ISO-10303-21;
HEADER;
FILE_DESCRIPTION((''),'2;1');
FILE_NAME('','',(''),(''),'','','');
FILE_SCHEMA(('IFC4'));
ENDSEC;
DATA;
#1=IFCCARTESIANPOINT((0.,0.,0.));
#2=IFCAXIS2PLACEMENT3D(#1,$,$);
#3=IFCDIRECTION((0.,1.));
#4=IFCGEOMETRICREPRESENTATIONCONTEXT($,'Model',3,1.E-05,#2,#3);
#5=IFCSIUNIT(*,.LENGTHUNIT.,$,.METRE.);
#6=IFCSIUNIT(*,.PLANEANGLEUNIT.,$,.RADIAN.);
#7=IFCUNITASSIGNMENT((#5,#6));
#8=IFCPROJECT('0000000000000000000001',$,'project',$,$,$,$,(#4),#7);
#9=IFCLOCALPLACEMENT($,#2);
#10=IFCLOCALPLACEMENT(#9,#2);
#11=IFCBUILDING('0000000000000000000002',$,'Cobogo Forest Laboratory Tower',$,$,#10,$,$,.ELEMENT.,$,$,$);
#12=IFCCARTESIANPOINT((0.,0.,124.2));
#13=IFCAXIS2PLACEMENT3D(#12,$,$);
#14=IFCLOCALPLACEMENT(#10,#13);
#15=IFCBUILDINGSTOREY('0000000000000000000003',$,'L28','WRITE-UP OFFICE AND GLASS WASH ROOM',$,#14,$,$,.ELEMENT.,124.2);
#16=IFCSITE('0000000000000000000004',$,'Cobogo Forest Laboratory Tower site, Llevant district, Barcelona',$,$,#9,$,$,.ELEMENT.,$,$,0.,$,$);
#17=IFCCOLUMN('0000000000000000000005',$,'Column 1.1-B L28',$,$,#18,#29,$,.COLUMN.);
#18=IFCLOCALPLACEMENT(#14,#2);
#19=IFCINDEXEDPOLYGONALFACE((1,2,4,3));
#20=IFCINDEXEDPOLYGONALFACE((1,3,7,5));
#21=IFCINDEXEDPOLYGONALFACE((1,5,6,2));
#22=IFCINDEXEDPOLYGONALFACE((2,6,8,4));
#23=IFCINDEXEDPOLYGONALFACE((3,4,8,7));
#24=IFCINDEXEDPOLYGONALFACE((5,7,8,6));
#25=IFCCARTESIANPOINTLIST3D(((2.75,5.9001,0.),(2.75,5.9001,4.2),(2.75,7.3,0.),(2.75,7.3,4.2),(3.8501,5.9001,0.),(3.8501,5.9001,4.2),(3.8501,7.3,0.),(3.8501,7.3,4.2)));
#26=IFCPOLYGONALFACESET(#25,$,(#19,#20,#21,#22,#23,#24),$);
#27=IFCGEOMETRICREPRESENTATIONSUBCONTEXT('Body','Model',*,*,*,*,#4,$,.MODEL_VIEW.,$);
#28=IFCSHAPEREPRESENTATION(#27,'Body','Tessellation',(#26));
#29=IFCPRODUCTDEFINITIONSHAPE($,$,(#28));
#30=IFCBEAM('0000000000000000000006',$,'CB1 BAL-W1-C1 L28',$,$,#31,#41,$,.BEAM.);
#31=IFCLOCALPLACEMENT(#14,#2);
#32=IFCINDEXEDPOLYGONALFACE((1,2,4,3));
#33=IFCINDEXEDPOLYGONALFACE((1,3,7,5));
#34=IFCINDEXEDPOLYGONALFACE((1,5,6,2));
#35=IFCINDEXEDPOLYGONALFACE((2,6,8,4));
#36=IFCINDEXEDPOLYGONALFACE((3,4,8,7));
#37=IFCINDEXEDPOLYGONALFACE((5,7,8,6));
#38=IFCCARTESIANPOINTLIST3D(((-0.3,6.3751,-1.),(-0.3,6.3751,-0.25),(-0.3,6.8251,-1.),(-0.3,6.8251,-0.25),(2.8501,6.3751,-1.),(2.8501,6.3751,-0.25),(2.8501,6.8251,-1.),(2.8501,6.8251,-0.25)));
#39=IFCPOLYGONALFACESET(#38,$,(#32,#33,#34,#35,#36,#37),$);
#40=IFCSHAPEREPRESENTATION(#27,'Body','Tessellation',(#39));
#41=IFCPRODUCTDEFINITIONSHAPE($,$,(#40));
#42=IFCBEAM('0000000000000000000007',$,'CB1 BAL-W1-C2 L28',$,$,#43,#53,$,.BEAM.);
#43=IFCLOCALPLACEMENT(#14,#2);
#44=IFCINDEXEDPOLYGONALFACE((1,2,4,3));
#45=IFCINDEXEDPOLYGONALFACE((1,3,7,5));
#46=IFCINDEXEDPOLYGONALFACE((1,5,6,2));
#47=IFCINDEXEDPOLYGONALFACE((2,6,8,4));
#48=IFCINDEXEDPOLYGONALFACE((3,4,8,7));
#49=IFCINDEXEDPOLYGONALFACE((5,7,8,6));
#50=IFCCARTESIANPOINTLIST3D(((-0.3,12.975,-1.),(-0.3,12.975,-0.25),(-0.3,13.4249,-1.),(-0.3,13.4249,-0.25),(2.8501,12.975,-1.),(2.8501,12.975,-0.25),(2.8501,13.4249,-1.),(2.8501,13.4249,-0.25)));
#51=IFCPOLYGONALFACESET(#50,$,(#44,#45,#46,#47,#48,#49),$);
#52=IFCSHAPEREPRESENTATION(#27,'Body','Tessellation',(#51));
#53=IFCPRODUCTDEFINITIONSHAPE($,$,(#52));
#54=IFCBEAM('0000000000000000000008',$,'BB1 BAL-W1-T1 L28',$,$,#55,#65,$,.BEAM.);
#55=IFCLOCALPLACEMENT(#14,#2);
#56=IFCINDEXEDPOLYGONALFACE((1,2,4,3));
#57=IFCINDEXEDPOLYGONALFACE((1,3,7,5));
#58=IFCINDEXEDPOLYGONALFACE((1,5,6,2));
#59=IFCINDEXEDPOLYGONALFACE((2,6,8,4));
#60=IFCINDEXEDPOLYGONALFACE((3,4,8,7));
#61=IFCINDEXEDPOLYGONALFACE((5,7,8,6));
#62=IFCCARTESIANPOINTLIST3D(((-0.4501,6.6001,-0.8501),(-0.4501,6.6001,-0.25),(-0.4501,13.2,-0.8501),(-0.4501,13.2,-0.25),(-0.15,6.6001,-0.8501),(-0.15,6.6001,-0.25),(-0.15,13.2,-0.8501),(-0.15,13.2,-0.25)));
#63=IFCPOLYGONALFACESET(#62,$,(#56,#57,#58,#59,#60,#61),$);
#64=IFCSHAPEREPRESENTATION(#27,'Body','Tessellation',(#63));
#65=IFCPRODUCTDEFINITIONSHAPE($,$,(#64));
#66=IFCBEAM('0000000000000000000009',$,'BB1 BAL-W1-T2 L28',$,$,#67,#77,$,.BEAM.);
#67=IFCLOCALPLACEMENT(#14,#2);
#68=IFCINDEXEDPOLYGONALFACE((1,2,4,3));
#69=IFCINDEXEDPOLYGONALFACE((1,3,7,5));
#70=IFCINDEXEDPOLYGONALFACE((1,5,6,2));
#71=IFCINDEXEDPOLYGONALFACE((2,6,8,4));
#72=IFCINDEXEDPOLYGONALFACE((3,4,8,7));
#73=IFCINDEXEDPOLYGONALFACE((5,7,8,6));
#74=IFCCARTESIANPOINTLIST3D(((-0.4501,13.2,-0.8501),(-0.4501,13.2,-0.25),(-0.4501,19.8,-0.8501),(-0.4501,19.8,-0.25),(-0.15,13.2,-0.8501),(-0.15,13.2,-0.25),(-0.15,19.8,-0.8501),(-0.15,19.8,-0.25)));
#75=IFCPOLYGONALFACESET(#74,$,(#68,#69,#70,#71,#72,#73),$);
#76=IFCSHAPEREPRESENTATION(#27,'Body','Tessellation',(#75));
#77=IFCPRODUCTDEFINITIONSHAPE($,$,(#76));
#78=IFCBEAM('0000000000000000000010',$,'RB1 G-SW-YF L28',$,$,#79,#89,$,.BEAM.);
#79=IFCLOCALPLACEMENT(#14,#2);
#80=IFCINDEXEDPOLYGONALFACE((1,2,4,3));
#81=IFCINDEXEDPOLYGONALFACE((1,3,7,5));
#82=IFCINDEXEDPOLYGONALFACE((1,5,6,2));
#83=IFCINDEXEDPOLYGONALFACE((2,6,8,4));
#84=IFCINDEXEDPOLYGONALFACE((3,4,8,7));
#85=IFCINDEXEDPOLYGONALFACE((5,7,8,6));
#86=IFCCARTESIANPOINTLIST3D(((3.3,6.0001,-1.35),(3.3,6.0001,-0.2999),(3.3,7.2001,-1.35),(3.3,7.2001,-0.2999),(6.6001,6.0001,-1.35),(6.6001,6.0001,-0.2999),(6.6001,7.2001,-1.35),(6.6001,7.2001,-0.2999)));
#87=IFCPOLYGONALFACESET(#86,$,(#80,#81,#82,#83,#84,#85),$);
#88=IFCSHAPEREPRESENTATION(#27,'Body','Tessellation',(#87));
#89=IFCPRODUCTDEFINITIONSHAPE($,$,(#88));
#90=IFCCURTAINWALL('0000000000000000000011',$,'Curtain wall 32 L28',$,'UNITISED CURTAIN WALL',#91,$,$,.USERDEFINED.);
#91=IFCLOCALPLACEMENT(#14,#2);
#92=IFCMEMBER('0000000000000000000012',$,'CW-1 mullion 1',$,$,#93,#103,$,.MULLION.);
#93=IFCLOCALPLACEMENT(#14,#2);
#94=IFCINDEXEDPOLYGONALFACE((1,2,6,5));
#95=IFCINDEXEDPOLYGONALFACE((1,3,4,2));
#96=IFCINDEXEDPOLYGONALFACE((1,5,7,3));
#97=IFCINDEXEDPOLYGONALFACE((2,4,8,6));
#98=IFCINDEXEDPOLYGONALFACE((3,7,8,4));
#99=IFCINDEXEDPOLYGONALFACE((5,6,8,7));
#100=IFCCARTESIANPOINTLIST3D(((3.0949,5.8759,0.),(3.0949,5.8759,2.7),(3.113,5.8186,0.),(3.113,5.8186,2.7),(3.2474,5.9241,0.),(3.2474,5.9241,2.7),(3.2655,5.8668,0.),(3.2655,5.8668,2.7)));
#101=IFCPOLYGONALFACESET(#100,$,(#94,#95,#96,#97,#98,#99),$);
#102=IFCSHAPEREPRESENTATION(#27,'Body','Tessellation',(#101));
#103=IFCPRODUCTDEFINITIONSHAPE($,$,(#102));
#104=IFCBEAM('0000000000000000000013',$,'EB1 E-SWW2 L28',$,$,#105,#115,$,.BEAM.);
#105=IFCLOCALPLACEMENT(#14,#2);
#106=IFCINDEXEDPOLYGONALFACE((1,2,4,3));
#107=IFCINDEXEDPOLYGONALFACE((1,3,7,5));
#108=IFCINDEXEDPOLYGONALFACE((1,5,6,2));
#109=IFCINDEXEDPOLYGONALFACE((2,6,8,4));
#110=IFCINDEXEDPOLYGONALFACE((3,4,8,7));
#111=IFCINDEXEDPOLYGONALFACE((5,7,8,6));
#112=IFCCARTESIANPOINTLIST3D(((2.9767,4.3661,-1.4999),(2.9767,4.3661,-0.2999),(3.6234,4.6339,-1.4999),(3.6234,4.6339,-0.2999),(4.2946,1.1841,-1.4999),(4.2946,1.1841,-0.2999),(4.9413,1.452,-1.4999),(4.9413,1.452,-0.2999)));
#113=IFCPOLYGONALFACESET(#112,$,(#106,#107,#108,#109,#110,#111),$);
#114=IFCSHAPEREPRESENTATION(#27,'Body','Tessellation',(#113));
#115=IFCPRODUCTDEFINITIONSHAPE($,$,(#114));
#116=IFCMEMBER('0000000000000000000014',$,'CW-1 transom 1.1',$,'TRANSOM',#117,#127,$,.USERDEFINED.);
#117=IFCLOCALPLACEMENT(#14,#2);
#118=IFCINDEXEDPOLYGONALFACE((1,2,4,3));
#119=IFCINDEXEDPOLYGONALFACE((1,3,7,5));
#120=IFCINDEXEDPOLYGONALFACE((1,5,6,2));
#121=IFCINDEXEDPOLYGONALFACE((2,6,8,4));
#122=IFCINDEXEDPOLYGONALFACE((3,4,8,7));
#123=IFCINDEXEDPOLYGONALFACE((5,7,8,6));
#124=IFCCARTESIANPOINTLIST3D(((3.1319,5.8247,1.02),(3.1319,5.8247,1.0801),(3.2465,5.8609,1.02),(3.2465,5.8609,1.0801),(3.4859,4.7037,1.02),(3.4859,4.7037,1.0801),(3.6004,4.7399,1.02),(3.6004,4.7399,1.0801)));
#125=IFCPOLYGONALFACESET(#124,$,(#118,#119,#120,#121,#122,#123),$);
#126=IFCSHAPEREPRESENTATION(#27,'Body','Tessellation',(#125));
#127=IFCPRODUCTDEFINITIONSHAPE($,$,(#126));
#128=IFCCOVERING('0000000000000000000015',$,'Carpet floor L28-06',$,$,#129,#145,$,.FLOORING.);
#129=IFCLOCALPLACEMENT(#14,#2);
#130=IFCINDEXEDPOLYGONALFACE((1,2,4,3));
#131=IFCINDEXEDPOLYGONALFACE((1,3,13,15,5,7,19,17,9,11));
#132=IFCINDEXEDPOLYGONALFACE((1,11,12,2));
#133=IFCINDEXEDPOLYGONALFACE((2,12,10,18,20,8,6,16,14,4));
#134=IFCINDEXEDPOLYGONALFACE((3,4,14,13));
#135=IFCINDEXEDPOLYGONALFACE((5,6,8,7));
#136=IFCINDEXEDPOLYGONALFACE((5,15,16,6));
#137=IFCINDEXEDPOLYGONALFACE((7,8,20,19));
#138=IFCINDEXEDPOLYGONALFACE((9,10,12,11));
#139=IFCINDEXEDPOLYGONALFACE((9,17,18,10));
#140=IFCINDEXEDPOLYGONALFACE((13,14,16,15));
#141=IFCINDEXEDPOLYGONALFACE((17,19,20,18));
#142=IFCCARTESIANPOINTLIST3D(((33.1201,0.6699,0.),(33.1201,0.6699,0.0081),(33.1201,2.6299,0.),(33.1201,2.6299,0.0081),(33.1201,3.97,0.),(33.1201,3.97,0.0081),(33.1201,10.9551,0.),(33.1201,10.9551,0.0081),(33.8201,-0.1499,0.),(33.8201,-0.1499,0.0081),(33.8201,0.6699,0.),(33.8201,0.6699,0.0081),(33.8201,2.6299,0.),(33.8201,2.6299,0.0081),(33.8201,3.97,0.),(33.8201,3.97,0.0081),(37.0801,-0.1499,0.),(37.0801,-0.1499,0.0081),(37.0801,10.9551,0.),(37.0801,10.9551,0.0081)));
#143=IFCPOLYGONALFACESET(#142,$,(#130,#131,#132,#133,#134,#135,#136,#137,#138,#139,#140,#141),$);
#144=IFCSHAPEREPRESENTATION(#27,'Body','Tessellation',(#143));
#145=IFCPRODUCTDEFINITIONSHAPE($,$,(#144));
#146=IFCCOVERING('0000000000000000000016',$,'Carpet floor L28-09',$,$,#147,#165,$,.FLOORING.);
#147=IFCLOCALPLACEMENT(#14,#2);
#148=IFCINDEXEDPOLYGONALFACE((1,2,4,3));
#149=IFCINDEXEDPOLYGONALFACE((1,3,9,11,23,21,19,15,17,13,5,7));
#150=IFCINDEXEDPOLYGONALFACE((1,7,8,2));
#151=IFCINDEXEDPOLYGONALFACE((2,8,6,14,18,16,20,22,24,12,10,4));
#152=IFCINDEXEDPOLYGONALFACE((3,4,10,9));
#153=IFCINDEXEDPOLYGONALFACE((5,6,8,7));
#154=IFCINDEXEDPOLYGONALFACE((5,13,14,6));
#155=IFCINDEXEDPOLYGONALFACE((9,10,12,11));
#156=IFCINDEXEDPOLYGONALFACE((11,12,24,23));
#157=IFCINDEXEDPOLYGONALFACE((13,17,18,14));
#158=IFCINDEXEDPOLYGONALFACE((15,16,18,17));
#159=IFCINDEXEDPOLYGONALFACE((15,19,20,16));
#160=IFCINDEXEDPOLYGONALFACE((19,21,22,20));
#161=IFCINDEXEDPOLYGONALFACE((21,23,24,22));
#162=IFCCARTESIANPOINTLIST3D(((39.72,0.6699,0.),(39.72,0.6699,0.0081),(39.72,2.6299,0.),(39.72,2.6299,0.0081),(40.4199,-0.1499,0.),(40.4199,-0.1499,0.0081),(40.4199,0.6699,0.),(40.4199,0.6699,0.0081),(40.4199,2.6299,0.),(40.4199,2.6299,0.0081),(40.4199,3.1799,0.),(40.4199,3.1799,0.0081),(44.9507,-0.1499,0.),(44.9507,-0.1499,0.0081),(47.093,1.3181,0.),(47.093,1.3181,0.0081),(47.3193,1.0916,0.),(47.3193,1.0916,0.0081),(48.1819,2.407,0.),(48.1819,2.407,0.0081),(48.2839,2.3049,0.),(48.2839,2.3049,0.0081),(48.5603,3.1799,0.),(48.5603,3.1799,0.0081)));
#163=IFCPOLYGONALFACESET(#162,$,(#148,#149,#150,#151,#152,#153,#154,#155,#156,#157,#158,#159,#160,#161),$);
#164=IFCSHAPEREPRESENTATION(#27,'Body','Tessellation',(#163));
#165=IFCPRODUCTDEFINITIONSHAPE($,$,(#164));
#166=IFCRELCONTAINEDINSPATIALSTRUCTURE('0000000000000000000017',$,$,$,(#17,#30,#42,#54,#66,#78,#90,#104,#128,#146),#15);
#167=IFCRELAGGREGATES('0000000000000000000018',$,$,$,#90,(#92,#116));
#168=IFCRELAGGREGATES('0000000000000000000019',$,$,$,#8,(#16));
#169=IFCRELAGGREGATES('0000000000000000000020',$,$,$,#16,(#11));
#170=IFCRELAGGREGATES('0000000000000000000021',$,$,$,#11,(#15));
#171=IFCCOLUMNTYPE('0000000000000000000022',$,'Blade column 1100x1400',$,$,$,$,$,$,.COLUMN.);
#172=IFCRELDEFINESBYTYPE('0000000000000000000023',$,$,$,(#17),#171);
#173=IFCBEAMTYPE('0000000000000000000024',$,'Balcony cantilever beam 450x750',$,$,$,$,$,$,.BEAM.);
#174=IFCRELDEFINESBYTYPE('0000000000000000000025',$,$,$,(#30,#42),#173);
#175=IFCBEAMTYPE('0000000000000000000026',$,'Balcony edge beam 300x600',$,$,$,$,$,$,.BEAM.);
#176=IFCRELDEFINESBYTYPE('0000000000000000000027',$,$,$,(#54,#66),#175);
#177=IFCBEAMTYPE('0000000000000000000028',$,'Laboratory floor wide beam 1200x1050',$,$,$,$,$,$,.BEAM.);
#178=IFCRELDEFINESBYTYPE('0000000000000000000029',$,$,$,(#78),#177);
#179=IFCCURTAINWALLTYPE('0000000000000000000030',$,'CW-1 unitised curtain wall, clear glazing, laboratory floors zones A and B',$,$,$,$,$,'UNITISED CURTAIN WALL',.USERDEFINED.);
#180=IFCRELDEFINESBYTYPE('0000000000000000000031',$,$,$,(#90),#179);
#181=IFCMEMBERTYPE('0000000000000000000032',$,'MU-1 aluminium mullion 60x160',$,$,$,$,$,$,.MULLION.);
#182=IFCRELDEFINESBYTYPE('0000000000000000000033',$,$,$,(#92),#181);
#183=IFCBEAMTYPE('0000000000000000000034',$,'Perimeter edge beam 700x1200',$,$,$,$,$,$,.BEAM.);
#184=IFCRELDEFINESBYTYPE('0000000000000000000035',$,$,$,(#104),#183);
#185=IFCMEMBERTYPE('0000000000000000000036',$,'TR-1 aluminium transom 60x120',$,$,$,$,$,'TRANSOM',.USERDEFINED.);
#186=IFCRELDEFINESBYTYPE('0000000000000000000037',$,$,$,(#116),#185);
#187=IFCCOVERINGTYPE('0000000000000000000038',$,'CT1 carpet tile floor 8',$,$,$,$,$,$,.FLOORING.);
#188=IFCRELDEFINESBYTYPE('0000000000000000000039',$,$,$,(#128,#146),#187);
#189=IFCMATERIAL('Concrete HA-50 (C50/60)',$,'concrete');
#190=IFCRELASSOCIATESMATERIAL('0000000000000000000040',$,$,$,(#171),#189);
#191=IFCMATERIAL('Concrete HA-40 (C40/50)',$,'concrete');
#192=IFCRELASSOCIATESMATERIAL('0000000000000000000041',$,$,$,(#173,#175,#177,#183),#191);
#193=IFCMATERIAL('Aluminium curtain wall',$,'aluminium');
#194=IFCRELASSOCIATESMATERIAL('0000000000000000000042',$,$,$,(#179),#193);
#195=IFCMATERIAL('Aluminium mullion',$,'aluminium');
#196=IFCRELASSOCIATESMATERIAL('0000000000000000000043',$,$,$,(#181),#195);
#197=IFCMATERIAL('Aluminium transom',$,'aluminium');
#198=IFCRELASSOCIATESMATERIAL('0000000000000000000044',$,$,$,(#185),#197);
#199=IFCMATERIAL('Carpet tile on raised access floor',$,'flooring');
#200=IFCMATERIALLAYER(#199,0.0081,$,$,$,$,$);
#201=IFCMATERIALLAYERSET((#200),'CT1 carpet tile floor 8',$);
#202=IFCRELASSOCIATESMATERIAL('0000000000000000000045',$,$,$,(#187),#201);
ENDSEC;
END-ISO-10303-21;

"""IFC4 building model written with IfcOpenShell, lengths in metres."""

from ifc_helpers import new_model, si_unit, direction, frame, origin, origin_2d, place, context, subcontext, project, spatial, polyline, rectangle, outline, extrude, material, layer, layer_set, material_profile, profile_set, type_object, element, aggregate, save


model = new_model("IFC4")

# Units and contexts
model_context = context("Model", 3, precision=1e-05, world=origin(), true_north=direction((0.0, 1.0)))
body_context = subcontext(model_context, "Body", "Model", "MODEL_VIEW")
ifc_project = project(units=[si_unit("LENGTHUNIT", "METRE"), si_unit("PLANEANGLEUNIT", "RADIAN")], contexts=[model_context])

# Site, building, storey
site_placement = place(None, origin())
site = spatial("IfcSite", under=ifc_project, at=site_placement, Name="Cobogo Forest Laboratory Tower site, Llevant district, Barcelona", CompositionType="ELEMENT", RefElevation=0.0)
building_placement = place(site_placement, origin())
building = spatial("IfcBuilding", under=site, at=building_placement, Name="Cobogo Forest Laboratory Tower", CompositionType="ELEMENT")
storey_placement = place(building_placement, frame((0.0, 0.0, 124.2)))
storey = spatial("IfcBuildingStorey", under=building, at=storey_placement, Name="L28", Description="WRITE-UP OFFICE AND GLASS WASH ROOM", CompositionType="ELEMENT", Elevation=124.2)

# Column
ifc_material_1 = material(Name="Concrete HA-50 (C50/60)", Category="concrete")
ifc_material_profile_1 = material_profile(ifc_material_1, rectangle(XDim=1.3999, YDim=1.1001, at=origin_2d()), Name="RC 1100x1400")
ifc_profile_set_1 = profile_set([ifc_material_profile_1], Name="Concrete HA-50 (C50/60)")
column_type = type_object("IfcColumnType", Name="Blade column 1100x1400", PredefinedType="COLUMN", material=ifc_profile_set_1)
column_placement = place(storey_placement, frame((3.3, 6.6001, 0.0), z_axis=(0.0, 0.0, 1.0), x_axis=(0.0, 1.0, 0.0)))
element("IfcColumn", 1, at=column_placement, inside=storey, type_object=column_type, Name="Column 1.1-B L28", PredefinedType="COLUMN", context=body_context, shape_type="SweptSolid", body=[
    extrude(rectangle(XDim=1.3999, YDim=1.1001, at=origin_2d()), origin(), (0.0, 0.0, 1.0), 4.2),
])

# Beams
ifc_material_2 = material(Name="Concrete HA-40 (C40/50)", Category="concrete")
ifc_material_profile_2 = material_profile(ifc_material_2, rectangle(XDim=0.45, YDim=0.75, at=origin_2d()), Name="RC 450x750")
ifc_profile_set_2 = profile_set([ifc_material_profile_2], Name="Concrete HA-40 (C40/50)")
beam_type_1 = type_object("IfcBeamType", Name="Balcony cantilever beam 450x750", PredefinedType="BEAM", material=ifc_profile_set_2)
for number, where, z_axis, x_axis, name in (
    (2, (2.8501, 6.6001, -0.625), (-1.0, 0.0, 0.0), (0.0, -1.0, 0.0), "CB1 BAL-W1-C1 L28"),
    (3, (2.8501, 13.2, -0.625), (-1.0, 0.0, 0.0), (0.0, -1.0, 0.0), "CB1 BAL-W1-C2 L28"),
):
    element("IfcBeam", number, at=place(storey_placement, frame(where, z_axis=z_axis, x_axis=x_axis)), inside=storey, type_object=beam_type_1, Name=name, PredefinedType="BEAM", context=body_context, shape_type="SweptSolid", body=[
        extrude(rectangle(XDim=0.45, YDim=0.75, at=origin_2d()), origin(), (0.0, 0.0, 1.0), 3.1501),
    ])
ifc_material_profile_3 = material_profile(ifc_material_2, rectangle(XDim=0.3, YDim=0.6001, at=origin_2d()), Name="RC 300x600")
ifc_profile_set_3 = profile_set([ifc_material_profile_3], Name="Concrete HA-40 (C40/50)")
beam_type_2 = type_object("IfcBeamType", Name="Balcony edge beam 300x600", PredefinedType="BEAM", material=ifc_profile_set_3)
beam_1_placement = place(storey_placement, frame((-0.3, 6.6001, -0.55), z_axis=(0.0, 1.0, 0.0), x_axis=(-1.0, 0.0, 0.0)))
element("IfcBeam", 4, at=beam_1_placement, inside=storey, type_object=beam_type_2, Name="BB1 BAL-W1-T1 L28", PredefinedType="BEAM", context=body_context, shape_type="SweptSolid", body=[
    extrude(rectangle(XDim=0.3, YDim=0.6001, at=origin_2d()), origin(), (0.0, 0.0, 1.0), 6.5999),
])
beam_2_placement = place(storey_placement, frame((-0.3, 13.2, -0.55), z_axis=(0.0, 1.0, 0.0), x_axis=(-1.0, 0.0, 0.0)))
element("IfcBeam", 5, at=beam_2_placement, inside=storey, type_object=beam_type_2, Name="BB1 BAL-W1-T2 L28", PredefinedType="BEAM", context=body_context, shape_type="SweptSolid", body=[
    extrude(rectangle(XDim=0.3, YDim=0.6001, at=origin_2d()), origin(), (0.0, 0.0, 1.0), 6.6001),
])
ifc_material_profile_4 = material_profile(ifc_material_2, rectangle(XDim=1.2, YDim=1.05, at=origin_2d()), Name="RC 1200x1050")
ifc_profile_set_4 = profile_set([ifc_material_profile_4], Name="Concrete HA-40 (C40/50)")
beam_type_3 = type_object("IfcBeamType", Name="Laboratory floor wide beam 1200x1050", PredefinedType="BEAM", material=ifc_profile_set_4)
beam_3_placement = place(storey_placement, frame((3.3, 6.6001, -0.825), z_axis=(1.0, 0.0, 0.0), x_axis=(0.0, 1.0, 0.0)))
element("IfcBeam", 6, at=beam_3_placement, inside=storey, type_object=beam_type_3, Name="RB1 G-SW-YF L28", PredefinedType="BEAM", context=body_context, shape_type="SweptSolid", body=[
    extrude(rectangle(XDim=1.2, YDim=1.05, at=origin_2d()), origin(), (0.0, 0.0, 1.0), 3.3),
])

# Curtain wall, member
ifc_material_3 = material(Name="Aluminium curtain wall", Category="aluminium")
curtain_wall_type = type_object("IfcCurtainWallType", Name="CW-1 unitised curtain wall, clear glazing, laboratory floors zones A and B", ElementType="UNITISED CURTAIN WALL", PredefinedType="USERDEFINED", material=ifc_material_3)
curtain_wall_placement = place(storey_placement, origin())
curtain_wall = element("IfcCurtainWall", 7, at=curtain_wall_placement, inside=storey, type_object=curtain_wall_type, Name="Curtain wall 32 L28", ObjectType="UNITISED CURTAIN WALL", PredefinedType="USERDEFINED")
ifc_material_4 = material(Name="Aluminium mullion", Category="aluminium")
ifc_material_profile_5 = material_profile(ifc_material_4, rectangle(XDim=0.0601, YDim=0.1599, at=origin_2d()), Name="AL 60x160")
ifc_profile_set_5 = profile_set([ifc_material_profile_5], Name="Aluminium mullion")
member_type_1 = type_object("IfcMemberType", Name="MU-1 aluminium mullion 60x160", PredefinedType="MULLION", material=ifc_profile_set_5)
member_1_placement = place(storey_placement, frame((3.1802, 5.8713, 0.0), z_axis=(0.0, 0.0, 1.0), x_axis=(0.301135, -0.953581, 0.0)))
member_1 = element("IfcMember", 8, at=member_1_placement, type_object=member_type_1, Name="CW-1 mullion 1", PredefinedType="MULLION", context=body_context, shape_type="SweptSolid", body=[
    extrude(rectangle(XDim=0.0601, YDim=0.1599, at=origin_2d()), origin(), (0.0, 0.0, 1.0), 2.7),
])

# Beam
ifc_material_profile_6 = material_profile(ifc_material_2, rectangle(XDim=0.7, YDim=1.2, at=origin_2d()), Name="RC 700x1200")
ifc_profile_set_6 = profile_set([ifc_material_profile_6], Name="Concrete HA-40 (C40/50)")
beam_type_4 = type_object("IfcBeamType", Name="Perimeter edge beam 700x1200", PredefinedType="BEAM", material=ifc_profile_set_6)
beam_4_placement = place(storey_placement, frame((3.3, 4.5, -0.8999), z_axis=(0.382656, -0.923891, 0.0), x_axis=(0.923891, 0.382656, 0.0)))
element("IfcBeam", 9, at=beam_4_placement, inside=storey, type_object=beam_type_4, Name="EB1 E-SWW2 L28", PredefinedType="BEAM", context=body_context, shape_type="SweptSolid", body=[
    extrude(rectangle(XDim=0.7, YDim=1.2, at=origin_2d()), origin(), (0.0, 0.0, 1.0), 3.4441),
])

# Member
ifc_material_5 = material(Name="Aluminium transom", Category="aluminium")
ifc_material_profile_7 = material_profile(ifc_material_5, rectangle(XDim=0.1201, YDim=0.0601, at=origin_2d()), Name="AL 60x120")
ifc_profile_set_7 = profile_set([ifc_material_profile_7], Name="Aluminium transom")
member_type_2 = type_object("IfcMemberType", Name="TR-1 aluminium transom 60x120", ElementType="TRANSOM", PredefinedType="USERDEFINED", material=ifc_profile_set_7)
member_2_placement = place(storey_placement, frame((3.1892, 5.8428, 1.05), z_axis=(0.301111, -0.953589, 0.0), x_axis=(0.953589, 0.301111, 0.0)))
member_2 = element("IfcMember", 10, at=member_2_placement, type_object=member_type_2, Name="CW-1 transom 1.1", ObjectType="TRANSOM", PredefinedType="USERDEFINED", context=body_context, shape_type="SweptSolid", body=[
    extrude(rectangle(XDim=0.1201, YDim=0.0601, at=origin_2d()), origin(), (0.0, 0.0, 1.0), 1.1755),
])
aggregate(curtain_wall, [member_1, member_2])

# Coverings
ifc_material_6 = material(Name="Carpet tile on raised access floor", Category="flooring")
ifc_layer_1 = layer(ifc_material_6, 0.0081)
ifc_layer_set_1 = layer_set([ifc_layer_1], Name="CT1 carpet tile floor 8")
covering_type_1 = type_object("IfcCoveringType", Name="CT1 carpet tile floor 8", PredefinedType="FLOORING", material=ifc_layer_set_1)
covering_1_placement = place(storey_placement, origin())
element("IfcCovering", 11, at=covering_1_placement, inside=storey, type_object=covering_type_1, Name="Carpet floor L28-06", PredefinedType="FLOORING", context=body_context, shape_type="SweptSolid", body=[
    extrude(outline(polyline([(37.0801, 10.9551), (37.0801, -0.1499), (33.8201, -0.1499), (33.8201, 0.6699), (33.1201, 0.6699), (33.1201, 2.6299), (33.8201, 2.6299), (33.8201, 3.97), (33.1201, 3.97), (33.1201, 10.9551), (37.0801, 10.9551)])), origin(), (0.0, 0.0, 1.0), 0.0081),
])
covering_2_placement = place(storey_placement, origin())
element("IfcCovering", 12, at=covering_2_placement, inside=storey, type_object=covering_type_1, Name="Carpet floor L28-09", PredefinedType="FLOORING", context=body_context, shape_type="SweptSolid", body=[
    extrude(outline(polyline([(48.5603, 3.1799), (48.2839, 2.3049), (48.1819, 2.407), (47.093, 1.3181), (47.3193, 1.0916), (44.9507, -0.1499), (40.4199, -0.1499), (40.4199, 0.6699), (39.72, 0.6699), (39.72, 2.6299), (40.4199, 2.6299), (40.4199, 3.1799), (48.5603, 3.1799)])), origin(), (0.0, 0.0, 1.0), 0.0081),
])

save(model, "model.ifc")
